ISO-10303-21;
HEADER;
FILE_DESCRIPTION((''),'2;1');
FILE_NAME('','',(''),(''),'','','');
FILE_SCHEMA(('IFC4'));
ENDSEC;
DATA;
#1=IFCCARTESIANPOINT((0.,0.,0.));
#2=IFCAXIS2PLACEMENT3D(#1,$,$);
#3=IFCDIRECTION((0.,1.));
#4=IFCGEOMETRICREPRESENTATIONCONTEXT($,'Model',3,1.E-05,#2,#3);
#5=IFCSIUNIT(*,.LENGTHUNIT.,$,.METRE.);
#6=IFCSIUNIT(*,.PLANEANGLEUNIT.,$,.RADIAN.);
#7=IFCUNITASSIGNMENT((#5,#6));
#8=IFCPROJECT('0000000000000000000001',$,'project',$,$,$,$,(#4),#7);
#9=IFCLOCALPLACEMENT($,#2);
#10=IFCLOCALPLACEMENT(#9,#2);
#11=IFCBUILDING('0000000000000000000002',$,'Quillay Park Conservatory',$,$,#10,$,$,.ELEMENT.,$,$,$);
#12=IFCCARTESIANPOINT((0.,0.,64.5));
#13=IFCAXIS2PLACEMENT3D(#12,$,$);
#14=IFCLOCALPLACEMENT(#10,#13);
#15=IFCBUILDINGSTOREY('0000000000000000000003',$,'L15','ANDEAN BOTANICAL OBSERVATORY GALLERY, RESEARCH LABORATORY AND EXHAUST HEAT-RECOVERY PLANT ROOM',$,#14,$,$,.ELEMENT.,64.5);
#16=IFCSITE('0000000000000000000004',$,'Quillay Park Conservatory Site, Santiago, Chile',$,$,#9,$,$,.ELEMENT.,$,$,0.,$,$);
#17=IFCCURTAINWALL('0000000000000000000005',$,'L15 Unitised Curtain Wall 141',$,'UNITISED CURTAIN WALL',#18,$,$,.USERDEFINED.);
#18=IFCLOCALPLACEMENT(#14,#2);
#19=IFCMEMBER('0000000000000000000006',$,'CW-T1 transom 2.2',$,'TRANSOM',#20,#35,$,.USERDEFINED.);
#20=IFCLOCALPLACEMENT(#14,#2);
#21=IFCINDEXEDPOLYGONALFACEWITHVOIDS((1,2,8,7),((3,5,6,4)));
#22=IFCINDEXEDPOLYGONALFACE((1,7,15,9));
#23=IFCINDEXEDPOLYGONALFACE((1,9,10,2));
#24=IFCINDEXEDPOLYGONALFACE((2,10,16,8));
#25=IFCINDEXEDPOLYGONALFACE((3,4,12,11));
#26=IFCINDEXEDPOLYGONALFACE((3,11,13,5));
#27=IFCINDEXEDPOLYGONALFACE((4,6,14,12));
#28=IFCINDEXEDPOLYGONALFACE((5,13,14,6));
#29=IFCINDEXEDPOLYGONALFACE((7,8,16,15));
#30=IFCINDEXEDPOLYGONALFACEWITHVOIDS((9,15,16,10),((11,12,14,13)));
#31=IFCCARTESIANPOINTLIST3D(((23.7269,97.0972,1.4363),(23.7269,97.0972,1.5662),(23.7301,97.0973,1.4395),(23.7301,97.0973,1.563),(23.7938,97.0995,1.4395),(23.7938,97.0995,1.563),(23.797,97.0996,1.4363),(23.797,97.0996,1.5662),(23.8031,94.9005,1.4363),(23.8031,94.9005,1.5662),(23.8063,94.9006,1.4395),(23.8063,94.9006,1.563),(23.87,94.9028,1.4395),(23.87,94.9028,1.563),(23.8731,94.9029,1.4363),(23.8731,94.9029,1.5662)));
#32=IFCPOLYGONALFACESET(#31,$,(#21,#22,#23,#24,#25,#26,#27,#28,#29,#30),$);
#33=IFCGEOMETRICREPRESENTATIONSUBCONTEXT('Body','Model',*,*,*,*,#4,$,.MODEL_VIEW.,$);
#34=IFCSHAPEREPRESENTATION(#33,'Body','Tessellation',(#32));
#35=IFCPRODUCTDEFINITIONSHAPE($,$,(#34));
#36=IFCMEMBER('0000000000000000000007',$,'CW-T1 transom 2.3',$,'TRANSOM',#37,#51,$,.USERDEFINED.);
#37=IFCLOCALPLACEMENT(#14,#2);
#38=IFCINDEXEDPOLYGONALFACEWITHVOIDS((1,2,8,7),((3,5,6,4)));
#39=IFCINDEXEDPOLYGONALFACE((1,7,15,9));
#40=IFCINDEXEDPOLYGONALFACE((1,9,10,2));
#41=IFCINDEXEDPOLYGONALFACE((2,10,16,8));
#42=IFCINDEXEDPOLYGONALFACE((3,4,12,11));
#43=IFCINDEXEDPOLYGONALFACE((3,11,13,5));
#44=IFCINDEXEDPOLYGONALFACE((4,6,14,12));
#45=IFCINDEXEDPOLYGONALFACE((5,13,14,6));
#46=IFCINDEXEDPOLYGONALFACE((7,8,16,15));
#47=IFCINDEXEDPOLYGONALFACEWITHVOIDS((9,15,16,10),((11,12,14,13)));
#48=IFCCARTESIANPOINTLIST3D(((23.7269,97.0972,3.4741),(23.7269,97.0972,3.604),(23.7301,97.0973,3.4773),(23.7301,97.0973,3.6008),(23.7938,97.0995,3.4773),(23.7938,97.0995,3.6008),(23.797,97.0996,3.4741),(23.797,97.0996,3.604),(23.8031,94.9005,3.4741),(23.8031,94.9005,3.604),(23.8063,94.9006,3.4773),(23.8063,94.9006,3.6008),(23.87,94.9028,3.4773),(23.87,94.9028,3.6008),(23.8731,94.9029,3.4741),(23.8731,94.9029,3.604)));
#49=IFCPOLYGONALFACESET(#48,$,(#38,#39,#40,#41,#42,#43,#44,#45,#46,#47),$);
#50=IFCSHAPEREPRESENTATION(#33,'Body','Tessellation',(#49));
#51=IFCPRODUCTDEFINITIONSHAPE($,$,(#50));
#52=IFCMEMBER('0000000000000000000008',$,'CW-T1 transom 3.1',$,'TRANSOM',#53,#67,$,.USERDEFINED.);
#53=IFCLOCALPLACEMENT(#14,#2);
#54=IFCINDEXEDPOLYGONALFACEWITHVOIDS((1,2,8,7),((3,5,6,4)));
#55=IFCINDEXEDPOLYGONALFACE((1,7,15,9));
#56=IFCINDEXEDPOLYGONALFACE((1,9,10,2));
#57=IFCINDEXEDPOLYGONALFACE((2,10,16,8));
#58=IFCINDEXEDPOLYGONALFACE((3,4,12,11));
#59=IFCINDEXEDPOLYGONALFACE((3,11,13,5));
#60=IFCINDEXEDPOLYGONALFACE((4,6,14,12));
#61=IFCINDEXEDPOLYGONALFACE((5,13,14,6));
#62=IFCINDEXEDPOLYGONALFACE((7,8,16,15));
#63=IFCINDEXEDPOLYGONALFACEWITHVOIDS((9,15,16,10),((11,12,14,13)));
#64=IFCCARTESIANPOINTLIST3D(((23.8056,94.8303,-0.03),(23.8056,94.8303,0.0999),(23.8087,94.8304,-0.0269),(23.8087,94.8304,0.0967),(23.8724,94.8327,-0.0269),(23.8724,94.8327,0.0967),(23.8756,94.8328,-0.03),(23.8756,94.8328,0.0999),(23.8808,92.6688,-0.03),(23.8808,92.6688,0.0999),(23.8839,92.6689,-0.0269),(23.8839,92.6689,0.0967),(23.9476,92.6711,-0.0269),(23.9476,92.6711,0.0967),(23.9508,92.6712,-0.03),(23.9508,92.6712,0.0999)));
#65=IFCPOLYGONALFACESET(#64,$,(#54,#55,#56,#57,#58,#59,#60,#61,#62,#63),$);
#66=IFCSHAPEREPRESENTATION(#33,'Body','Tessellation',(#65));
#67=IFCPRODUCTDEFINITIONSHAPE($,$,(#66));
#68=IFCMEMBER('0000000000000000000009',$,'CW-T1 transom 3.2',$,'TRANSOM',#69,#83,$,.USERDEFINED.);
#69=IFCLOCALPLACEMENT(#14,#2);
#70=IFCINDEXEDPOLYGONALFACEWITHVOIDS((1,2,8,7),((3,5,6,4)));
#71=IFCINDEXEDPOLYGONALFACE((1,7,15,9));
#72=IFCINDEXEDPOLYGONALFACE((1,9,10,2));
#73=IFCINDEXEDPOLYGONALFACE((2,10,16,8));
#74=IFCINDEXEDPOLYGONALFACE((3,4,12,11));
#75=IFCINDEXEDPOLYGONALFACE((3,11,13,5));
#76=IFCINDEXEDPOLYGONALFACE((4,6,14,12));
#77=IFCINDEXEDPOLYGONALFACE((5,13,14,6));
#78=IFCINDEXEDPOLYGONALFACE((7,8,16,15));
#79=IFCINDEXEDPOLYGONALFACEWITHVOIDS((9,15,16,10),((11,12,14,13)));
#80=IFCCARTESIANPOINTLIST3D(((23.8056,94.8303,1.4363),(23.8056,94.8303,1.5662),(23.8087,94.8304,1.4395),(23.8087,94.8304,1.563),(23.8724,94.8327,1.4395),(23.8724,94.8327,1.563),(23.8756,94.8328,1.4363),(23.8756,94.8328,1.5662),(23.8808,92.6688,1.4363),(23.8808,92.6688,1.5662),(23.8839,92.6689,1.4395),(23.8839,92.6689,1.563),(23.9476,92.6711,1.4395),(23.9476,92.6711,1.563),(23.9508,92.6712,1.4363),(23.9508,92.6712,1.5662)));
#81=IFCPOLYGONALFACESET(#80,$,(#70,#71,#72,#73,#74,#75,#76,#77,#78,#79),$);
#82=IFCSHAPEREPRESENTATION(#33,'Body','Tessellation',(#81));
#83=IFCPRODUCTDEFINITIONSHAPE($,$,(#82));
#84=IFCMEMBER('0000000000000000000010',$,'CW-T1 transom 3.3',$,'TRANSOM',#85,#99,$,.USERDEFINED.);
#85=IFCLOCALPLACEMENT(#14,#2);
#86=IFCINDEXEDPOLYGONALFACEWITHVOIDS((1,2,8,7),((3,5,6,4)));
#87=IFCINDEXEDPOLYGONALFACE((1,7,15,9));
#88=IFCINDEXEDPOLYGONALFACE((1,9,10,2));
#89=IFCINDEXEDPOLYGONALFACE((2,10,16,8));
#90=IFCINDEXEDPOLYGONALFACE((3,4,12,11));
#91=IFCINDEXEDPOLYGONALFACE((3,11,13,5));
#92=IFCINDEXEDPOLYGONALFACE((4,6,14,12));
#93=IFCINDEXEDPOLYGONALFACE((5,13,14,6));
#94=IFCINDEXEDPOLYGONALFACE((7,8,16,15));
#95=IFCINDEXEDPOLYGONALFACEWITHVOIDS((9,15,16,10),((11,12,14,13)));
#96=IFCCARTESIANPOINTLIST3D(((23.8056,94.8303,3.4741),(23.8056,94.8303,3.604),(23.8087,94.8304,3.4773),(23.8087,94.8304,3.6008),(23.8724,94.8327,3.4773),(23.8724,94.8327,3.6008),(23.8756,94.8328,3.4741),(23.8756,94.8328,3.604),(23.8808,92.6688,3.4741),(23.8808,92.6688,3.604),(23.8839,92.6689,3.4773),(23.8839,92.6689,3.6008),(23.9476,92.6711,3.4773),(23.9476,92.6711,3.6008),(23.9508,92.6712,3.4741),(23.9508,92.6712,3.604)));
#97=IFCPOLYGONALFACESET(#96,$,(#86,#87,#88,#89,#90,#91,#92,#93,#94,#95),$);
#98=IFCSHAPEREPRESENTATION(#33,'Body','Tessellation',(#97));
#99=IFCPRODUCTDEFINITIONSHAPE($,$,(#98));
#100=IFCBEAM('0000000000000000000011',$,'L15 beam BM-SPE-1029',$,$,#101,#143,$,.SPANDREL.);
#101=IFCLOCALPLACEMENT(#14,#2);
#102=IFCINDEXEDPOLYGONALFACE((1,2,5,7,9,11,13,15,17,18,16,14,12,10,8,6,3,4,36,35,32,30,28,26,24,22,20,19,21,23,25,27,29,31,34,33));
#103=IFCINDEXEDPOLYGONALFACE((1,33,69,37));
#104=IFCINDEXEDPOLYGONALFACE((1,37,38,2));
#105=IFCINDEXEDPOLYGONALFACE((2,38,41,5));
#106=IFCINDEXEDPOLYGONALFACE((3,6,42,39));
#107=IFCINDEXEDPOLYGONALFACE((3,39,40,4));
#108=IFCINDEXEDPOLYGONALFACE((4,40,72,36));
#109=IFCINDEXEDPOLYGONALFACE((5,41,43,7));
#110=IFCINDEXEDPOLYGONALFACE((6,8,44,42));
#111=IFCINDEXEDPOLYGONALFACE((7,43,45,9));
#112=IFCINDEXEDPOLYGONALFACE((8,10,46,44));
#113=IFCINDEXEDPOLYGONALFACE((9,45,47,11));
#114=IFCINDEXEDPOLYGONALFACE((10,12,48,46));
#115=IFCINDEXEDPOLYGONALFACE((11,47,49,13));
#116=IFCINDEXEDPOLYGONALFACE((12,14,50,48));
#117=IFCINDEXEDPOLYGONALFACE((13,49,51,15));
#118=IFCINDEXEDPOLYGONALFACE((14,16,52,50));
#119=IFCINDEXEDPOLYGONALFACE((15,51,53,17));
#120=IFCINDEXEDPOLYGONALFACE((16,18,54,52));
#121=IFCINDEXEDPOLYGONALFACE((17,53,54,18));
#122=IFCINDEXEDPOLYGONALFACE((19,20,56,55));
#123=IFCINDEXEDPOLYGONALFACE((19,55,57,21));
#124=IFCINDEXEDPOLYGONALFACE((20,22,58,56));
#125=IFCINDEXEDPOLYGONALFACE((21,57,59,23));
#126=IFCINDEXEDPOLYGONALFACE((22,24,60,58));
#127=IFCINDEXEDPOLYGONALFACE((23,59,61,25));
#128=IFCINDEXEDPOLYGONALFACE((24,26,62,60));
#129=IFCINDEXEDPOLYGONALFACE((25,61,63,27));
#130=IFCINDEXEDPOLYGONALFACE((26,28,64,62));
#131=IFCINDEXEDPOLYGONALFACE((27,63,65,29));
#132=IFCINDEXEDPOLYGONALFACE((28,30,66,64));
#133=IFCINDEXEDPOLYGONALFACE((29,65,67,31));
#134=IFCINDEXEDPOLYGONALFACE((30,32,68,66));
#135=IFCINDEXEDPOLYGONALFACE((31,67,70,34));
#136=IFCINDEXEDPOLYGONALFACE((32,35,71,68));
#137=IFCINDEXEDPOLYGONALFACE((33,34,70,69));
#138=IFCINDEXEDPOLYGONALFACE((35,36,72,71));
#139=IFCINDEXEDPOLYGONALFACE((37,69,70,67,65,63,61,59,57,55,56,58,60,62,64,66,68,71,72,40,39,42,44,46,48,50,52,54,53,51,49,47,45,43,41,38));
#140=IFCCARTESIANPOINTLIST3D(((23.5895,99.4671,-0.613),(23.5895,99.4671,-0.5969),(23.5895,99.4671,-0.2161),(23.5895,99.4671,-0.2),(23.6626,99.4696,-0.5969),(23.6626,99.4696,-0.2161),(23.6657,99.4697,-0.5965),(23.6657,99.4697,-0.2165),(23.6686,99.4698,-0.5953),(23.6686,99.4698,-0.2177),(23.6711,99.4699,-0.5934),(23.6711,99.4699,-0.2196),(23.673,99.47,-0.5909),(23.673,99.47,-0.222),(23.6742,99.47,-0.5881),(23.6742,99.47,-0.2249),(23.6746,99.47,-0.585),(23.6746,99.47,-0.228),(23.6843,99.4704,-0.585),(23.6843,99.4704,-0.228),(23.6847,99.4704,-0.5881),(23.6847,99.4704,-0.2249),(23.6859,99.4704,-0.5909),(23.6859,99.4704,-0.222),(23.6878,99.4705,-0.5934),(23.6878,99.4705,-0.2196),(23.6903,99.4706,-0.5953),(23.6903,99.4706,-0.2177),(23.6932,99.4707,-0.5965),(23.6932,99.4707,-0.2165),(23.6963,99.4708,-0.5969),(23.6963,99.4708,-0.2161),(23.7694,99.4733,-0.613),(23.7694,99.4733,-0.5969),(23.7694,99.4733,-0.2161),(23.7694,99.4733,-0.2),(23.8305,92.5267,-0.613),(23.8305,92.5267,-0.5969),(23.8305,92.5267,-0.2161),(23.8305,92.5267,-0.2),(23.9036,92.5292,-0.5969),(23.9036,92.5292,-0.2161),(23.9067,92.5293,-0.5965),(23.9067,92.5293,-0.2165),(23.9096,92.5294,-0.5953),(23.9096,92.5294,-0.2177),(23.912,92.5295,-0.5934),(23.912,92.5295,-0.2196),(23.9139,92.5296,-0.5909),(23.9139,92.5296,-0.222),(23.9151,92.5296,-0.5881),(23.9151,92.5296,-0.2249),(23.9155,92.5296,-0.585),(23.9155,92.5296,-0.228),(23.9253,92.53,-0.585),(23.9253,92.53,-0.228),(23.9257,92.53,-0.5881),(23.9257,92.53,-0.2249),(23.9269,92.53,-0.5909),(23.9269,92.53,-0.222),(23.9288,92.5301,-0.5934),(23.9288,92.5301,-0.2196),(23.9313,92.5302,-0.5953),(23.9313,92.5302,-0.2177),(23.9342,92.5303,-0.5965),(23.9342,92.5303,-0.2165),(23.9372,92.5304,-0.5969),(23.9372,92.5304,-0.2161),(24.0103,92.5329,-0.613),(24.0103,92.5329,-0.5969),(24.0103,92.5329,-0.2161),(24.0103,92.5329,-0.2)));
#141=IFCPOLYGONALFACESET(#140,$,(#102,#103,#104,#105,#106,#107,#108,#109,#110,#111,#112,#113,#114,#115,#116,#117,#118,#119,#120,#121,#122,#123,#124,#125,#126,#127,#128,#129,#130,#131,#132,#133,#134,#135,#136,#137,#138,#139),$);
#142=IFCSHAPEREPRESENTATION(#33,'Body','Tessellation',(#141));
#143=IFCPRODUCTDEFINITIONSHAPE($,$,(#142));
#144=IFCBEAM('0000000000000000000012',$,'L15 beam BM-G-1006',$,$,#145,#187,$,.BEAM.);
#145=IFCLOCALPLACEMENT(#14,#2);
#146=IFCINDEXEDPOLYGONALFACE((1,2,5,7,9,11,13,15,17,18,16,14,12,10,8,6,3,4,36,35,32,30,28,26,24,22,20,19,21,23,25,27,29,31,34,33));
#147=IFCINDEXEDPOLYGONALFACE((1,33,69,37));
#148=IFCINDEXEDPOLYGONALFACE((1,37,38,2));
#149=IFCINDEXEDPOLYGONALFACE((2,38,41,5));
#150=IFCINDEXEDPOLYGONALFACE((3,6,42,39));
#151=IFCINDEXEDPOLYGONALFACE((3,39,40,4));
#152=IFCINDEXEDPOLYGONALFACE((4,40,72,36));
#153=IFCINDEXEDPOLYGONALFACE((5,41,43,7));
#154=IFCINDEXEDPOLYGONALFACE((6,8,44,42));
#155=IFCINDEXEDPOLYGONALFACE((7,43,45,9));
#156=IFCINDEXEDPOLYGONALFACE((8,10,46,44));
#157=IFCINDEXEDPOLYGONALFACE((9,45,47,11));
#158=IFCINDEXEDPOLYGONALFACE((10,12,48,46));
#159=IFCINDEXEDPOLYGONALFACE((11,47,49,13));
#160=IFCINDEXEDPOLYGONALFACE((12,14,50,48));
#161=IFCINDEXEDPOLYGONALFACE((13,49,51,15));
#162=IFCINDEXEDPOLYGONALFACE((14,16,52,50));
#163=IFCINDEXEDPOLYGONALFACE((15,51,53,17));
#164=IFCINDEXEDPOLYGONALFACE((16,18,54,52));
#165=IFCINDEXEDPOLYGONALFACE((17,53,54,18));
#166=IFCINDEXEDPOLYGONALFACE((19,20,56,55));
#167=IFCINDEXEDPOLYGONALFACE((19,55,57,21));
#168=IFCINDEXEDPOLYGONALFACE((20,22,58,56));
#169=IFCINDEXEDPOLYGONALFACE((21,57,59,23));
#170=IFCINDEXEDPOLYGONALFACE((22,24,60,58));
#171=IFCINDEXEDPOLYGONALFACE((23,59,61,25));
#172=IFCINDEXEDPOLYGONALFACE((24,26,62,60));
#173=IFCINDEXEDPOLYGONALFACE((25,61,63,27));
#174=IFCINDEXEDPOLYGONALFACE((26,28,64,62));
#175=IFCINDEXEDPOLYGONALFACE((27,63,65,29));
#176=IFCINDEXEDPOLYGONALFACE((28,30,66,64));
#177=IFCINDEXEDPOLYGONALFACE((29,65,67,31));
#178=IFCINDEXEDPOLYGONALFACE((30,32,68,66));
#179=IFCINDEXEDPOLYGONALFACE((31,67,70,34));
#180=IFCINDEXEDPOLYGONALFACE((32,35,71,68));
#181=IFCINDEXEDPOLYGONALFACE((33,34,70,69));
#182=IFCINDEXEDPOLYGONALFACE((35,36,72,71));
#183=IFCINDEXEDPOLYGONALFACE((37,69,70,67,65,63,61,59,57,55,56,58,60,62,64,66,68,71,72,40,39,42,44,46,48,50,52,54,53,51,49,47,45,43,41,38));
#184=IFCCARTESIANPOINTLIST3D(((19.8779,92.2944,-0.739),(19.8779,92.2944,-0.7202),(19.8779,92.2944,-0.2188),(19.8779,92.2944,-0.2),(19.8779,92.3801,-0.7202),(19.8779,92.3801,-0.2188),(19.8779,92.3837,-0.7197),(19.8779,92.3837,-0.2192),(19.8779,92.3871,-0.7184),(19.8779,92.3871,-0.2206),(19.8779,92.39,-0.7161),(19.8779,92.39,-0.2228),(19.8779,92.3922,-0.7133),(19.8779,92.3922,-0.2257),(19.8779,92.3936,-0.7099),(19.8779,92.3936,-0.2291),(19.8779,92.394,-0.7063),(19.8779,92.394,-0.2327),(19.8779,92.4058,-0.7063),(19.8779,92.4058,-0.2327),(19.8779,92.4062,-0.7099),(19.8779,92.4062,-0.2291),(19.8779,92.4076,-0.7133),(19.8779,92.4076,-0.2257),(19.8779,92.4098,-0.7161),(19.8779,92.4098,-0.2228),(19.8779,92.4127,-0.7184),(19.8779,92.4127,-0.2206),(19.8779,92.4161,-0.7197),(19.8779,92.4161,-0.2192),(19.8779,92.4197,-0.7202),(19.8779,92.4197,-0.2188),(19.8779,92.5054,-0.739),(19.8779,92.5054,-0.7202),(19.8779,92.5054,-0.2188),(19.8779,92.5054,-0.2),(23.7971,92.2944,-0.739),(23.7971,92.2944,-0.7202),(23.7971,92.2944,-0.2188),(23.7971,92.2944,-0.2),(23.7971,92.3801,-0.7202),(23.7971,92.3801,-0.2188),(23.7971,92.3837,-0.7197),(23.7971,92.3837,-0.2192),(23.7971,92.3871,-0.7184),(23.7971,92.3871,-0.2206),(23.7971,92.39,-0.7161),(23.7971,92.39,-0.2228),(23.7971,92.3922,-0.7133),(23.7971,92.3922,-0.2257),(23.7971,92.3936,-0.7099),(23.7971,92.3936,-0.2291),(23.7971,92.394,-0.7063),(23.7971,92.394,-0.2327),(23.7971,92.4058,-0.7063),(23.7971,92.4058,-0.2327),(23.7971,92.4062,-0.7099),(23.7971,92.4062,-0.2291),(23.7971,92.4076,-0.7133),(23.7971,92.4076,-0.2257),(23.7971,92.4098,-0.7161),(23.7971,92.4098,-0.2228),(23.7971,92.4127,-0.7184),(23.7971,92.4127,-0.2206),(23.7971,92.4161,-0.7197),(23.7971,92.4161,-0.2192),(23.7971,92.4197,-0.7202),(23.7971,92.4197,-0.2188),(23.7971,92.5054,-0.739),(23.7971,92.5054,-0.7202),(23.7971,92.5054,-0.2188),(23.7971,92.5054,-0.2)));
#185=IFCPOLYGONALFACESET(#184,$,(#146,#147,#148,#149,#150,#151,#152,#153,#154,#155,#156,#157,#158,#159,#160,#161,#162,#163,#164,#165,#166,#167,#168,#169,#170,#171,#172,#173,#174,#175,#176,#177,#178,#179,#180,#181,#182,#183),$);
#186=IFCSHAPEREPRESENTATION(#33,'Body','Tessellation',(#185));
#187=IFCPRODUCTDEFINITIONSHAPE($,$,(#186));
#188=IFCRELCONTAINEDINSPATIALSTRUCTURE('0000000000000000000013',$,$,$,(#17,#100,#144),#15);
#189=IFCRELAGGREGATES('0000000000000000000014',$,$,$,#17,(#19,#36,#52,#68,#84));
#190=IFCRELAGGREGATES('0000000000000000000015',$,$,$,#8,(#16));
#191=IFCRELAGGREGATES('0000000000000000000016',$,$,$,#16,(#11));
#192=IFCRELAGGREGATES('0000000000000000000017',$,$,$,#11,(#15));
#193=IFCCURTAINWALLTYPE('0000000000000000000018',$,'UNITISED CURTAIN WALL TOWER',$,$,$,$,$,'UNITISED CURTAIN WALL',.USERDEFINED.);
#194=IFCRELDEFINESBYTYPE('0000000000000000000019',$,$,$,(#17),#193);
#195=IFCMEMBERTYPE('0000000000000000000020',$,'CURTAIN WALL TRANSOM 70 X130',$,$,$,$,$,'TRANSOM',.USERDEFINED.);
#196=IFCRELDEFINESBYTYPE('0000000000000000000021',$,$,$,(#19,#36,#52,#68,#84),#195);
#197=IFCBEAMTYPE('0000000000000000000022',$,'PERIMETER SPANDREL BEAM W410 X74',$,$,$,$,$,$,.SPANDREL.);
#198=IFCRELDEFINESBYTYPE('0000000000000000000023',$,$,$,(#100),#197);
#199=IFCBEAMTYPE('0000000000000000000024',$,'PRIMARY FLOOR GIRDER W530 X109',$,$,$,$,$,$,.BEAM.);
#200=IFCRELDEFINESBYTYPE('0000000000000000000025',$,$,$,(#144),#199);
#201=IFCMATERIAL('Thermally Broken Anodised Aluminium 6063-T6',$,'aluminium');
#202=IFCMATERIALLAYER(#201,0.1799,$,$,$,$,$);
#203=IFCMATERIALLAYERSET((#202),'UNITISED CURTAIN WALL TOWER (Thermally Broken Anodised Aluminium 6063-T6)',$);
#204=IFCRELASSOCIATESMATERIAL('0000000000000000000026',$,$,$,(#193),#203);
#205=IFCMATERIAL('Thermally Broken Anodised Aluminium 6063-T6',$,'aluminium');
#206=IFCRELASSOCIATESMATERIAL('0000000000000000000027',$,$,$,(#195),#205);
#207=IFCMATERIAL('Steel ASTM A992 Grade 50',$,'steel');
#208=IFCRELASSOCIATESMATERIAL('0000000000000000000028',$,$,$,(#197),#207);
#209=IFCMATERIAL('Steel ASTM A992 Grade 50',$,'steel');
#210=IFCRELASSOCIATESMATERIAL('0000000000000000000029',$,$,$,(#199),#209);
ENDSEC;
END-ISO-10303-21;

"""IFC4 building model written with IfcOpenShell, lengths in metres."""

from ifc_helpers import new_model, si_unit, direction, frame, origin, origin_2d, place, context, subcontext, project, spatial, hollow_rectangle, i_section, extrude, material, layer, layer_set, material_profile, profile_set, type_object, element, aggregate, save


model = new_model("IFC4")

# Units and contexts
model_context = context("Model", 3, precision=1e-05, world=origin(), true_north=direction((0.0, 1.0)))
body_context = subcontext(model_context, "Body", "Model", "MODEL_VIEW")
ifc_project = project(units=[si_unit("LENGTHUNIT", "METRE"), si_unit("PLANEANGLEUNIT", "RADIAN")], contexts=[model_context])

# Site, building, storey
site_placement = place(None, origin())
site = spatial("IfcSite", under=ifc_project, at=site_placement, Name="Quillay Park Conservatory Site, Santiago, Chile", CompositionType="ELEMENT", RefElevation=0.0)
building_placement = place(site_placement, origin())
building = spatial("IfcBuilding", under=site, at=building_placement, Name="Quillay Park Conservatory", CompositionType="ELEMENT")
storey_placement = place(building_placement, frame((0.0, 0.0, 64.5)))
storey = spatial("IfcBuildingStorey", under=building, at=storey_placement, Name="L15", Description="ANDEAN BOTANICAL OBSERVATORY GALLERY, RESEARCH LABORATORY AND EXHAUST HEAT-RECOVERY PLANT ROOM", CompositionType="ELEMENT", Elevation=64.5)

# Curtain wall
ifc_material_1 = material(Name="Thermally Broken Anodised Aluminium 6063-T6", Category="aluminium")
ifc_layer_1 = layer(ifc_material_1, 0.1799)
ifc_layer_set_1 = layer_set([ifc_layer_1], Name="UNITISED CURTAIN WALL TOWER (Thermally Broken Anodised Aluminium 6063-T6)")
curtain_wall_type = type_object("IfcCurtainWallType", Name="UNITISED CURTAIN WALL TOWER", ElementType="UNITISED CURTAIN WALL", PredefinedType="USERDEFINED", material=ifc_layer_set_1)
curtain_wall_1_placement = place(storey_placement, origin())
curtain_wall_1 = element("IfcCurtainWall", 1, at=curtain_wall_1_placement, inside=storey, type_object=curtain_wall_type, Name="L15 Unitised Curtain Wall 141", ObjectType="UNITISED CURTAIN WALL", PredefinedType="USERDEFINED")

# Members
ifc_material_2 = material(Name="Thermally Broken Anodised Aluminium 6063-T6", Category="aluminium")
ifc_material_profile_1 = material_profile(ifc_material_2, hollow_rectangle(XDim=0.0701, YDim=0.1299, WallThickness=0.0032, at=origin_2d()), Name="AL70x130x3.2")
ifc_profile_set_1 = profile_set([ifc_material_profile_1], Name="Thermally Broken Anodised Aluminium 6063-T6")
member_type_1 = type_object("IfcMemberType", Name="CURTAIN WALL TRANSOM 70 X130", ElementType="TRANSOM", PredefinedType="USERDEFINED", material=ifc_profile_set_1)
member_1_placement = place(storey_placement, frame((23.762, 97.0984, 1.5012), z_axis=(0.034654, -0.999399, 0.0), x_axis=(0.999399, 0.034654, 0.0)))
member_1 = element("IfcMember", 2, at=member_1_placement, type_object=member_type_1, Name="CW-T1 transom 2.2", ObjectType="TRANSOM", PredefinedType="USERDEFINED", context=body_context, shape_type="SweptSolid", body=[
    extrude(hollow_rectangle(XDim=0.0701, YDim=0.1299, WallThickness=0.0032, at=origin_2d()), origin(), (0.0, 0.0, 1.0), 2.198),
])
member_2_placement = place(storey_placement, frame((23.762, 97.0984, 3.5391), z_axis=(0.034654, -0.999399, 0.0), x_axis=(0.999399, 0.034654, 0.0)))
member_2 = element("IfcMember", 3, at=member_2_placement, type_object=member_type_1, Name="CW-T1 transom 2.3", ObjectType="TRANSOM", PredefinedType="USERDEFINED", context=body_context, shape_type="SweptSolid", body=[
    extrude(hollow_rectangle(XDim=0.0701, YDim=0.1299, WallThickness=0.0032, at=origin_2d()), origin(), (0.0, 0.0, 1.0), 2.198),
])
member_3_placement = place(storey_placement, frame((23.8406, 94.8315, 0.0349), z_axis=(0.034766, -0.999395, 0.0), x_axis=(0.999395, 0.034766, 0.0)))
member_3 = element("IfcMember", 4, at=member_3_placement, type_object=member_type_1, Name="CW-T1 transom 3.1", ObjectType="TRANSOM", PredefinedType="USERDEFINED", context=body_context, shape_type="SweptSolid", body=[
    extrude(hollow_rectangle(XDim=0.0701, YDim=0.1299, WallThickness=0.0032, at=origin_2d()), origin(), (0.0, 0.0, 1.0), 2.1628),
])
member_4_placement = place(storey_placement, frame((23.8406, 94.8315, 1.5012), z_axis=(0.034766, -0.999395, 0.0), x_axis=(0.999395, 0.034766, 0.0)))
member_4 = element("IfcMember", 5, at=member_4_placement, type_object=member_type_1, Name="CW-T1 transom 3.2", ObjectType="TRANSOM", PredefinedType="USERDEFINED", context=body_context, shape_type="SweptSolid", body=[
    extrude(hollow_rectangle(XDim=0.0701, YDim=0.1299, WallThickness=0.0032, at=origin_2d()), origin(), (0.0, 0.0, 1.0), 2.1628),
])
member_5_placement = place(storey_placement, frame((23.8406, 94.8315, 3.5391), z_axis=(0.034766, -0.999395, 0.0), x_axis=(0.999395, 0.034766, 0.0)))
member_5 = element("IfcMember", 6, at=member_5_placement, type_object=member_type_1, Name="CW-T1 transom 3.3", ObjectType="TRANSOM", PredefinedType="USERDEFINED", context=body_context, shape_type="SweptSolid", body=[
    extrude(hollow_rectangle(XDim=0.0701, YDim=0.1299, WallThickness=0.0032, at=origin_2d()), origin(), (0.0, 0.0, 1.0), 2.1628),
])

# Beams
ifc_material_3 = material(Name="Steel ASTM A992 Grade 50", Category="steel")
ifc_material_profile_2 = material_profile(ifc_material_3, i_section(OverallWidth=0.1799, OverallDepth=0.4131, WebThickness=0.0098, FlangeThickness=0.0161, FilletRadius=0.012, at=origin_2d()), Name="W410x74")
ifc_profile_set_2 = profile_set([ifc_material_profile_2], Name="Steel ASTM A992 Grade 50")
beam_type_1 = type_object("IfcBeamType", Name="PERIMETER SPANDREL BEAM W410 X74", PredefinedType="SPANDREL", material=ifc_profile_set_2)
beam_1_placement = place(storey_placement, frame((23.9204, 92.5298, -0.4065), z_axis=(-0.034698, 0.999398, 0.0), x_axis=(-0.999398, -0.034698, 0.0)))
element("IfcBeam", 7, at=beam_1_placement, inside=storey, type_object=beam_type_1, Name="L15 beam BM-SPE-1029", PredefinedType="SPANDREL", context=body_context, shape_type="SweptSolid", body=[
    extrude(i_section(OverallWidth=0.1799, OverallDepth=0.4131, WebThickness=0.0098, FlangeThickness=0.0161, FilletRadius=0.012, at=origin_2d()), origin(), (0.0, 0.0, 1.0), 6.9446),
])
ifc_material_4 = material(Name="Steel ASTM A992 Grade 50", Category="steel")
ifc_material_profile_3 = material_profile(ifc_material_4, i_section(OverallWidth=0.2109, OverallDepth=0.5391, WebThickness=0.0117, FlangeThickness=0.0188, FilletRadius=0.0139, at=origin_2d()), Name="W530x109")
ifc_profile_set_3 = profile_set([ifc_material_profile_3], Name="Steel ASTM A992 Grade 50")
beam_type_2 = type_object("IfcBeamType", Name="PRIMARY FLOOR GIRDER W530 X109", PredefinedType="BEAM", material=ifc_profile_set_3)
beam_2_placement = place(storey_placement, frame((19.8779, 92.3999, -0.4695), z_axis=(1.0, 0.0, 0.0), x_axis=(0.0, 1.0, 0.0)))
element("IfcBeam", 8, at=beam_2_placement, inside=storey, type_object=beam_type_2, Name="L15 beam BM-G-1006", PredefinedType="BEAM", context=body_context, shape_type="SweptSolid", body=[
    extrude(i_section(OverallWidth=0.2109, OverallDepth=0.5391, WebThickness=0.0117, FlangeThickness=0.0188, FilletRadius=0.0139, at=origin_2d()), origin(), (0.0, 0.0, 1.0), 3.9192),
])

aggregate(curtain_wall_1, [member_1, member_2, member_3, member_4, member_5])

save(model, "model.ifc")
